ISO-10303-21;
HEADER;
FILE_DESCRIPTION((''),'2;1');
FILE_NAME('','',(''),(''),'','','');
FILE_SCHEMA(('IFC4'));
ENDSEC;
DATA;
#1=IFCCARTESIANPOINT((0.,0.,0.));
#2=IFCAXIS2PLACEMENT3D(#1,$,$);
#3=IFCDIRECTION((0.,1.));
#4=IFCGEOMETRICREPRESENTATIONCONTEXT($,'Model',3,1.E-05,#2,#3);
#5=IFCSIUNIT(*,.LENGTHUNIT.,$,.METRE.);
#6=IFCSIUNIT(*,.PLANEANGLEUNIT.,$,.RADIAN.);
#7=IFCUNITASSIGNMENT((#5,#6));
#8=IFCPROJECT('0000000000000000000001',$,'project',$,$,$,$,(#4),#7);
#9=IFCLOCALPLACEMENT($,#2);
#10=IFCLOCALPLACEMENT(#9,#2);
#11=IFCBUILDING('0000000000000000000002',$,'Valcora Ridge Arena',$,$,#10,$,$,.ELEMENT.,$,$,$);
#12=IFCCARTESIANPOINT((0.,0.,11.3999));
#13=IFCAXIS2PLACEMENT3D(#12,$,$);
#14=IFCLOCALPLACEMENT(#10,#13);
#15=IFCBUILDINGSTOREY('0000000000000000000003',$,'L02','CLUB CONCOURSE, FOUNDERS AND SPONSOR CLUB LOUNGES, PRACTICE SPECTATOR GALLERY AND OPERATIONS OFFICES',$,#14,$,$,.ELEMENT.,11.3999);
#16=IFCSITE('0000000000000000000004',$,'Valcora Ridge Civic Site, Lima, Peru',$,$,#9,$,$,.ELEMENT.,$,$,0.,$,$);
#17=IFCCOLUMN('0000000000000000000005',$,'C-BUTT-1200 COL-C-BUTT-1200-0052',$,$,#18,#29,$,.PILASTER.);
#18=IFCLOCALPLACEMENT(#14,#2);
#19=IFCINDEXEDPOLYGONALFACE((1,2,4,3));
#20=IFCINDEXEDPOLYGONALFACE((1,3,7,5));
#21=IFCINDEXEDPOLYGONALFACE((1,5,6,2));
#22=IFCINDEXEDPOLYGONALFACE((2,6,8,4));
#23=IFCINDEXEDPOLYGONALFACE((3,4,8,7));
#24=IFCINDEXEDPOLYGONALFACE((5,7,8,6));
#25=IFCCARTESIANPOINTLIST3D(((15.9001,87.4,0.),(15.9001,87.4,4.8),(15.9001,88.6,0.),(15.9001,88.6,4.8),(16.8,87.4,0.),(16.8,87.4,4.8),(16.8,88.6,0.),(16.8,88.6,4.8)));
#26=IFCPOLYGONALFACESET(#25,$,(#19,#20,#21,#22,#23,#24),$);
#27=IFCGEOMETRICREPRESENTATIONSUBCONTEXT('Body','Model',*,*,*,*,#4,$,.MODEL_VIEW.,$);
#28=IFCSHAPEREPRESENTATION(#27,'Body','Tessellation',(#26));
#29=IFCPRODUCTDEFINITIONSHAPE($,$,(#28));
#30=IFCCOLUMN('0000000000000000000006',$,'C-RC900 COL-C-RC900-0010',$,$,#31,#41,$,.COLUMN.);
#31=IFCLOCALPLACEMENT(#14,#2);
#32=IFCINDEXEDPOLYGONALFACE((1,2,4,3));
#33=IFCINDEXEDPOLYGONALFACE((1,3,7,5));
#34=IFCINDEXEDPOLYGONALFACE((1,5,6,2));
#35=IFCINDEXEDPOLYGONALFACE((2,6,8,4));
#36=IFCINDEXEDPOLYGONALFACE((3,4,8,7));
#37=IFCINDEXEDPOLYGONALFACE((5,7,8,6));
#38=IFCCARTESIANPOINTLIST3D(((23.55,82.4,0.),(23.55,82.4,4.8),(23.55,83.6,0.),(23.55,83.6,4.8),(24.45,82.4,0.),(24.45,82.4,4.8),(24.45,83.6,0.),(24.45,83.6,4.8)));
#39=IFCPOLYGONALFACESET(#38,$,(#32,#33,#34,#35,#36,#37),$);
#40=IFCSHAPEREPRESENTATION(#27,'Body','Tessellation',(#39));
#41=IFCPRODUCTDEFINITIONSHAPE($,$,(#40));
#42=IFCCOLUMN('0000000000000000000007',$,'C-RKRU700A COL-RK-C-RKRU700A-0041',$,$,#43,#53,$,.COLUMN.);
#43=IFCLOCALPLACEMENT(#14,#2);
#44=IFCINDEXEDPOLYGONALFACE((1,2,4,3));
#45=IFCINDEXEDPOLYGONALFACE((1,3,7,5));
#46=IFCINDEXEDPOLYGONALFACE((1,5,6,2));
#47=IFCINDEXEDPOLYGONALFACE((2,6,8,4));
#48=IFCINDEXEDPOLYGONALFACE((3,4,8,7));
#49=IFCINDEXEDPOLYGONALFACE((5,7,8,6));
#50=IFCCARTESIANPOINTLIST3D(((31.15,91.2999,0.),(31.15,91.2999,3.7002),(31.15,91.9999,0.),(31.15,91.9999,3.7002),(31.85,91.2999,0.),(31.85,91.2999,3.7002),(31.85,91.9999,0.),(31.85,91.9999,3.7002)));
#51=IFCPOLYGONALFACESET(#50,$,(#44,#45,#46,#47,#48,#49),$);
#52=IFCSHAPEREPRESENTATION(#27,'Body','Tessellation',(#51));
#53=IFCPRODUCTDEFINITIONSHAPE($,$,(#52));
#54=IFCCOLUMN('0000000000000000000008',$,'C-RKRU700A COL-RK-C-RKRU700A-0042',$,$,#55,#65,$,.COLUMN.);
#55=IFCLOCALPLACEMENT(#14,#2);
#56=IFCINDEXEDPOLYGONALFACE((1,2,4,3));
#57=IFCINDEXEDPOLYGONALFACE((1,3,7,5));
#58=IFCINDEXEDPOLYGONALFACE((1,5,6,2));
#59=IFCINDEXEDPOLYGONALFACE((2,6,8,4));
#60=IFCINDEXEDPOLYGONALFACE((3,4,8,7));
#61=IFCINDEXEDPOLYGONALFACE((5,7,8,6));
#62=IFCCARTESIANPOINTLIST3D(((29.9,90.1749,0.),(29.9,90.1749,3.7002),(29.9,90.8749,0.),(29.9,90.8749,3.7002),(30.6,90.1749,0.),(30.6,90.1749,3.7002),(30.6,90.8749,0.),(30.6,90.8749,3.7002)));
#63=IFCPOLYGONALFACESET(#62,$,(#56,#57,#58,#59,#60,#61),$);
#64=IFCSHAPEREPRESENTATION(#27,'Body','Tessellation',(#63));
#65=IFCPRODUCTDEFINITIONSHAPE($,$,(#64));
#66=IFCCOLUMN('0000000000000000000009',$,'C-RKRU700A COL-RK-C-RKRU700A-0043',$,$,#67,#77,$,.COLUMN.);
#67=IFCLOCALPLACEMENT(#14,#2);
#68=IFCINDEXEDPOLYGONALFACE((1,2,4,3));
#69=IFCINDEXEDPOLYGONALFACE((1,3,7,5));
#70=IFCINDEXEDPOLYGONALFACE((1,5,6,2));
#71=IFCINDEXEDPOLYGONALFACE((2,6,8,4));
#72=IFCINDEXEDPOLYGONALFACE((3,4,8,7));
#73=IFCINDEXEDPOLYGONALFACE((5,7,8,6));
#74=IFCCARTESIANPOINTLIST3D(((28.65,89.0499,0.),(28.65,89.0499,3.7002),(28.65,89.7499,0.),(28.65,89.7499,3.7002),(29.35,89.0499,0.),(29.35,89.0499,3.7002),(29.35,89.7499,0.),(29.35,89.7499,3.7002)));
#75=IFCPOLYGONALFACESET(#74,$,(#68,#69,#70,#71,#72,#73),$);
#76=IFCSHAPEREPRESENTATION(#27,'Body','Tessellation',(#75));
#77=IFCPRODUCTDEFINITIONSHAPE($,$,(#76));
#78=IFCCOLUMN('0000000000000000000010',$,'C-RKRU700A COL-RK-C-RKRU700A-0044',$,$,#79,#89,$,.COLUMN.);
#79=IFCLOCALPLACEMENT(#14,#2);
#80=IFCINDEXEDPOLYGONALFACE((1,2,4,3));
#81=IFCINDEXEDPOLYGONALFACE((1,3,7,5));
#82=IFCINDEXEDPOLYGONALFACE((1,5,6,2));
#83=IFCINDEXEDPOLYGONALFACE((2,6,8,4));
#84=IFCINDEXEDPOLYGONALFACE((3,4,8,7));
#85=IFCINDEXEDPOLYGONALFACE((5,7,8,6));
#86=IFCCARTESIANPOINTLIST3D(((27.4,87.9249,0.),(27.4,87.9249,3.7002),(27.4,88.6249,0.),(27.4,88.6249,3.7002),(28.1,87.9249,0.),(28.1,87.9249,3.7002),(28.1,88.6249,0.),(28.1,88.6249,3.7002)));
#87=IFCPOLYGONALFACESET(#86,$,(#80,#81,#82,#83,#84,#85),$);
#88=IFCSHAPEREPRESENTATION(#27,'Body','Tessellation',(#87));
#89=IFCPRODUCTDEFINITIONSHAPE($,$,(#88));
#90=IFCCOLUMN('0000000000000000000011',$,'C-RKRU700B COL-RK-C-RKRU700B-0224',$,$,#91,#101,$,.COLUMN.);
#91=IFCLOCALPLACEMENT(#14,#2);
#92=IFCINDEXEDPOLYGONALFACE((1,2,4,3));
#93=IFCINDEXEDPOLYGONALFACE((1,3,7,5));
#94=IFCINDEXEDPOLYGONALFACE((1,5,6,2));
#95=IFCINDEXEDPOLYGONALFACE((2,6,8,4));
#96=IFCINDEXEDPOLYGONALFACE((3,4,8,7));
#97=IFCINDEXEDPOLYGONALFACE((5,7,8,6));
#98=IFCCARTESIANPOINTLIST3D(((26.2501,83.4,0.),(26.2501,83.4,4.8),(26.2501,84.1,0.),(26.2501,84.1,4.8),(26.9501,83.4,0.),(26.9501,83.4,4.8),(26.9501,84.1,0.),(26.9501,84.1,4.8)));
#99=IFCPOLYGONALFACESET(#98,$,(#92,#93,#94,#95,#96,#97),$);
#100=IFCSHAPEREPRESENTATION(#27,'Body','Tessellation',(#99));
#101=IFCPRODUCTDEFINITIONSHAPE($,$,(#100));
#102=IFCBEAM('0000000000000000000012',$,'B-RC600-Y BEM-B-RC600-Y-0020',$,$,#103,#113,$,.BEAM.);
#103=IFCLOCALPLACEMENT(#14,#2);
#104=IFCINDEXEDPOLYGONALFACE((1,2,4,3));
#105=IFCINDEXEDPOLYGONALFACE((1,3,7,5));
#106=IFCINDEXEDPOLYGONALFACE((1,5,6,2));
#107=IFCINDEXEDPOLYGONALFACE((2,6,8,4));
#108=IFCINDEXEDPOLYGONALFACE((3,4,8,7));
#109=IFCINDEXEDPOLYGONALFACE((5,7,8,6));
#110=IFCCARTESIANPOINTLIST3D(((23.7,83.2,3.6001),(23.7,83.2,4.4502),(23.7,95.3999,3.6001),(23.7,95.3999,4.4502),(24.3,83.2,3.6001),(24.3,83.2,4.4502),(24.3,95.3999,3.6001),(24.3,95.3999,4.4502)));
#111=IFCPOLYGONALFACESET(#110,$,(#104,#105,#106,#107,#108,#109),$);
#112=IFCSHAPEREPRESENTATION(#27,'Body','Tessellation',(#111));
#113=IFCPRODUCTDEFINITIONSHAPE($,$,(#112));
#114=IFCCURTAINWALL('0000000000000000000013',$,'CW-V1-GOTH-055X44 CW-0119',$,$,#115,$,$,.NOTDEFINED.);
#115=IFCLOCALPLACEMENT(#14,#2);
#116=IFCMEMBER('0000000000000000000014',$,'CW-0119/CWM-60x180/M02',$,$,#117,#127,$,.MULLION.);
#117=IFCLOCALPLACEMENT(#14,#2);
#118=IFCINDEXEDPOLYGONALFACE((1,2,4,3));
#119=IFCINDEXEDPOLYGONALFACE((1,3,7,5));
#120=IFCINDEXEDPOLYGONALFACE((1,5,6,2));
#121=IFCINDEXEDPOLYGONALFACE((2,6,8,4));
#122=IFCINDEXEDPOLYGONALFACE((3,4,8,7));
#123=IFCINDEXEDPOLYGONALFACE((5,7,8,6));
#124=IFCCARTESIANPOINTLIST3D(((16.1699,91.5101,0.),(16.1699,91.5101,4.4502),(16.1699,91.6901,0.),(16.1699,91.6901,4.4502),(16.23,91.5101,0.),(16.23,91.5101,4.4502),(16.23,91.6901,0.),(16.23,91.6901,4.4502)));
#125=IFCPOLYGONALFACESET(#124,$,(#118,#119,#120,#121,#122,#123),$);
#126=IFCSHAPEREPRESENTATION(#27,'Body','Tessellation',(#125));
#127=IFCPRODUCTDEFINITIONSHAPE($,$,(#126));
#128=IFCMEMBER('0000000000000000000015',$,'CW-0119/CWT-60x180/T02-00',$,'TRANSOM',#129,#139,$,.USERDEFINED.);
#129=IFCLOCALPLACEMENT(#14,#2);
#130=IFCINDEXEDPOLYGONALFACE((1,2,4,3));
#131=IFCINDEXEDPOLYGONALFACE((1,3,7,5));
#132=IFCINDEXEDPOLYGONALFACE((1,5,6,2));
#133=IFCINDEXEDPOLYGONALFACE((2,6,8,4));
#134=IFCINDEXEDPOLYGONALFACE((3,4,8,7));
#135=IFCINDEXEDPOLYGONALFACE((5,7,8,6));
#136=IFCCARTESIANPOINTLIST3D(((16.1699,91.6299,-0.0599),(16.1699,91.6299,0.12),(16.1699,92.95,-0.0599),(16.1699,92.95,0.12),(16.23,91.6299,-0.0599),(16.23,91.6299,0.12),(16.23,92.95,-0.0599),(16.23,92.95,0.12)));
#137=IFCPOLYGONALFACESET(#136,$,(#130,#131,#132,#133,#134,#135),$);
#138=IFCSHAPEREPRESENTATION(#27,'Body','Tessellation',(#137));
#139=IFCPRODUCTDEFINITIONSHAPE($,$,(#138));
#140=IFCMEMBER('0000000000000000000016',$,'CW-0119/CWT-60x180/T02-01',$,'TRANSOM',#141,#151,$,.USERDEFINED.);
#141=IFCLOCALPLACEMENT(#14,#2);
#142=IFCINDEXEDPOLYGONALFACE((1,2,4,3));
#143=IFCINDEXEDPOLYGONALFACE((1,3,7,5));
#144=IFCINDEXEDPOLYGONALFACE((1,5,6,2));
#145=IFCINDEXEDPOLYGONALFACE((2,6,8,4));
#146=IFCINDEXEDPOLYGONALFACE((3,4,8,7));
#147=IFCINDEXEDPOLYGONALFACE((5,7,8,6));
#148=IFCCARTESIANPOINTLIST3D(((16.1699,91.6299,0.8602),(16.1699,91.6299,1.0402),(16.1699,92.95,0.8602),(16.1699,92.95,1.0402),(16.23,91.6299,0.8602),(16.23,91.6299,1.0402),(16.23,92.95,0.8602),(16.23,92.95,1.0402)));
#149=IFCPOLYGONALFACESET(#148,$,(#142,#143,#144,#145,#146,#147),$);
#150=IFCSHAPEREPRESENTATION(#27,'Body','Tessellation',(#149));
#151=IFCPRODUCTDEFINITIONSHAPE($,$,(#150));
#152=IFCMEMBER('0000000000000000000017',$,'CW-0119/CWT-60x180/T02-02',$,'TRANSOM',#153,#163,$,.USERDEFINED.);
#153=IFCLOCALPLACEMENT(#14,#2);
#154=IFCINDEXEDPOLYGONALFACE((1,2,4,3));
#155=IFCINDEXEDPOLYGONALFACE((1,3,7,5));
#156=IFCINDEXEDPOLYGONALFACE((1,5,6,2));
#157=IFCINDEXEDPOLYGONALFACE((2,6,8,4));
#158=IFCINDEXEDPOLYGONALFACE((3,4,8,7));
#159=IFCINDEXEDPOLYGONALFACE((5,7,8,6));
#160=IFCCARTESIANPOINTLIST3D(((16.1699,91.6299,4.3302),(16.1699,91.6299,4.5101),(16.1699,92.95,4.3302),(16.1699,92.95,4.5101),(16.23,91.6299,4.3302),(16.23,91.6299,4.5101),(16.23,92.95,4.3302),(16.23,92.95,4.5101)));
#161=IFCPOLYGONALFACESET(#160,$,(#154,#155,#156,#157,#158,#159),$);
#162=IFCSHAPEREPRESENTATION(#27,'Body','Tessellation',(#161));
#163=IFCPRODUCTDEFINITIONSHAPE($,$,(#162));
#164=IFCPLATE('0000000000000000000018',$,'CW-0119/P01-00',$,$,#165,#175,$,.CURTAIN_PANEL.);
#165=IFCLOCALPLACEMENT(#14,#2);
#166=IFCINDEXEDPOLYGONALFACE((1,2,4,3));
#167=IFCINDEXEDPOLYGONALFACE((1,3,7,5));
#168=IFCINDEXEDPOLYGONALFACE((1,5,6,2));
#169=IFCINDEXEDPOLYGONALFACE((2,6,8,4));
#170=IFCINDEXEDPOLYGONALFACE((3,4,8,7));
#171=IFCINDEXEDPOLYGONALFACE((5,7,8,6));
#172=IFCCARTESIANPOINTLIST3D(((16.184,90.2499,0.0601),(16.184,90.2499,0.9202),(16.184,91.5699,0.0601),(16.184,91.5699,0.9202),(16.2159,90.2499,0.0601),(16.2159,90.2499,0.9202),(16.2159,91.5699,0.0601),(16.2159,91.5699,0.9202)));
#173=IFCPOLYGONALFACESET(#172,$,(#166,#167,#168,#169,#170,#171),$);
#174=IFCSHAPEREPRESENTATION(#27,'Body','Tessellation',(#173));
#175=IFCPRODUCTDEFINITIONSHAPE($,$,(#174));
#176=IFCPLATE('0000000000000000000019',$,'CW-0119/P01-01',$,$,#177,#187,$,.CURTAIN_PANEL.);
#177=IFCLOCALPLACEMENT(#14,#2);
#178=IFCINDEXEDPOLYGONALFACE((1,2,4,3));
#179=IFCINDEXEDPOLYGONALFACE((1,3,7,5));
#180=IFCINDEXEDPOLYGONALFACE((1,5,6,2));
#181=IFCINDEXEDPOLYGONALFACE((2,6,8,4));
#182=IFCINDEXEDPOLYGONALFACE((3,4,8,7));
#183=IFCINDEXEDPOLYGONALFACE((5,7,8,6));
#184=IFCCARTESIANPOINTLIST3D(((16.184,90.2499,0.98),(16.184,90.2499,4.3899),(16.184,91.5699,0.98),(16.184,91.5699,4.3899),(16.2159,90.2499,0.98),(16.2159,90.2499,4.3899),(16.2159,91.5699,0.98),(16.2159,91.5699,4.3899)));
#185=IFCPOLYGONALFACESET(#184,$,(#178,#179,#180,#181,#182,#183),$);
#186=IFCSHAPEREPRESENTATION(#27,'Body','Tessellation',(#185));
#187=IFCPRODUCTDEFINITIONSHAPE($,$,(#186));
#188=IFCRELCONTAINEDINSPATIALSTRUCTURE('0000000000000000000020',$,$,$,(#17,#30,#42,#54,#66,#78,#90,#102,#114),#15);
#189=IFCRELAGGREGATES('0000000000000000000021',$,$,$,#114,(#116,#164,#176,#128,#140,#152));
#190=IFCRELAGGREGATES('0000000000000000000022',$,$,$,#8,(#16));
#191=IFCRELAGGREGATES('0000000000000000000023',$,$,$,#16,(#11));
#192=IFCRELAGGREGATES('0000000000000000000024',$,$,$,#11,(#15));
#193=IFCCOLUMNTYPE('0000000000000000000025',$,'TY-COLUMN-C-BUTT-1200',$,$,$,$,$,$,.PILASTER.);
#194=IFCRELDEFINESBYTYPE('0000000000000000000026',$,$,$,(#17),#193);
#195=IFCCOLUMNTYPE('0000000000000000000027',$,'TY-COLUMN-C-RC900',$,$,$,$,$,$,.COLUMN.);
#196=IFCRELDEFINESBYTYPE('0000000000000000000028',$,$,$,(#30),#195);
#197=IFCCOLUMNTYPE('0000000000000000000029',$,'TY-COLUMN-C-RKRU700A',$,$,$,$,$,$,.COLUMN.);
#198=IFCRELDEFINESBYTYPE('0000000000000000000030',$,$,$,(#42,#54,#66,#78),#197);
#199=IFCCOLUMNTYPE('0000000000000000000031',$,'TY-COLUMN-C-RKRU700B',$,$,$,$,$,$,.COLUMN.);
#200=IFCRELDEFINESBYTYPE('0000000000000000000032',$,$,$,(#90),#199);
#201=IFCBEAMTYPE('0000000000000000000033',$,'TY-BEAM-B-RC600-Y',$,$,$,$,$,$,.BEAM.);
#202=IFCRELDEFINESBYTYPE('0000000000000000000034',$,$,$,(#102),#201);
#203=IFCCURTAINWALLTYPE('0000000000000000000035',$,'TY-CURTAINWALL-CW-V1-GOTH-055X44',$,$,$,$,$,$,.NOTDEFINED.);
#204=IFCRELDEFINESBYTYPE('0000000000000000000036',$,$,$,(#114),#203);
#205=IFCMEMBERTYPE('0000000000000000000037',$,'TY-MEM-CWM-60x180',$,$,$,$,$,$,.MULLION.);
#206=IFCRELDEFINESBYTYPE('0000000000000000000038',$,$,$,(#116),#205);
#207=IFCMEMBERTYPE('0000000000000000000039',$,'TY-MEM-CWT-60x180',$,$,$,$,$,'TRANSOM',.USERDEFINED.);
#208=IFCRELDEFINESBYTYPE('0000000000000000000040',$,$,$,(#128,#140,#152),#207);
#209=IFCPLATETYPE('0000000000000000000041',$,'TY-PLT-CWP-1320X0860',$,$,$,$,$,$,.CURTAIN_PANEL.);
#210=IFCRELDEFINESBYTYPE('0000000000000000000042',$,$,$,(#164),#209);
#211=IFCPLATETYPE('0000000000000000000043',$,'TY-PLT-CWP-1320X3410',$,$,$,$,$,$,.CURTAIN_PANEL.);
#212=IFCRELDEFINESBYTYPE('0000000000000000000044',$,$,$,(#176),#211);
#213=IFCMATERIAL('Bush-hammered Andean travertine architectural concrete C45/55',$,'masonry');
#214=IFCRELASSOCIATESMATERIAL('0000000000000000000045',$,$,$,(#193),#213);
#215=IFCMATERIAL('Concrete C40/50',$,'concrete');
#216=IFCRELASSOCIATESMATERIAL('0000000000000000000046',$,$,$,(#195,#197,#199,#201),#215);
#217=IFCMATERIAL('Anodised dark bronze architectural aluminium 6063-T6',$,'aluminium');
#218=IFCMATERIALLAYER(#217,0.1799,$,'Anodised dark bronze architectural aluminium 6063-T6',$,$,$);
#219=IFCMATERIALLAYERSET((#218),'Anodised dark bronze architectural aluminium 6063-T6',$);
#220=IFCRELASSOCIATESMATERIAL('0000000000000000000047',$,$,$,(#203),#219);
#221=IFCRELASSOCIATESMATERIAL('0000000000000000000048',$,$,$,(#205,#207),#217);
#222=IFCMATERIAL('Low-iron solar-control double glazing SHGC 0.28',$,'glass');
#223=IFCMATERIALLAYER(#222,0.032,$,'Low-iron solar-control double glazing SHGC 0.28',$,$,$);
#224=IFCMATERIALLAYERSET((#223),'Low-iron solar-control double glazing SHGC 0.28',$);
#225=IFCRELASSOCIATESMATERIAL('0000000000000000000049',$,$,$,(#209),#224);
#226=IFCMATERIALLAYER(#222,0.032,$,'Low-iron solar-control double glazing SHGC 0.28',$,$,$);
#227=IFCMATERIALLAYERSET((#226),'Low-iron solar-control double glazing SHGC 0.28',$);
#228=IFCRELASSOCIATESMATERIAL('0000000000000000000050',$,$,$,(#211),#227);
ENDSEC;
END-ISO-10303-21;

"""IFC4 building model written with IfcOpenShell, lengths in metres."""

from ifc_helpers import new_model, si_unit, direction, frame, origin, origin_2d, place, context, subcontext, project, spatial, rectangle, extrude, material, layer, layer_set, material_profile, profile_set, type_object, element, aggregate, save


model = new_model("IFC4")

# Units and contexts
model_context = context("Model", 3, precision=1e-05, world=origin(), true_north=direction((0.0, 1.0)))
body_context = subcontext(model_context, "Body", "Model", "MODEL_VIEW")
ifc_project = project(units=[si_unit("LENGTHUNIT", "METRE"), si_unit("PLANEANGLEUNIT", "RADIAN")], contexts=[model_context])

# Site, building, storey
site_placement = place(None, origin())
site = spatial("IfcSite", under=ifc_project, at=site_placement, Name="Valcora Ridge Civic Site, Lima, Peru", CompositionType="ELEMENT", RefElevation=0.0)
building_placement = place(site_placement, origin())
building = spatial("IfcBuilding", under=site, at=building_placement, Name="Valcora Ridge Arena", CompositionType="ELEMENT")
storey_placement = place(building_placement, frame((0.0, 0.0, 11.3999)))
storey = spatial("IfcBuildingStorey", under=building, at=storey_placement, Name="L02", Description="CLUB CONCOURSE, FOUNDERS AND SPONSOR CLUB LOUNGES, PRACTICE SPECTATOR GALLERY AND OPERATIONS OFFICES", CompositionType="ELEMENT", Elevation=11.3999)

# Columns
ifc_material_1 = material(Name="Bush-hammered Andean travertine architectural concrete C45/55", Category="masonry")
ifc_material_profile_1 = material_profile(ifc_material_1, rectangle(XDim=0.8999, YDim=1.2, at=origin_2d()), Name="RC 900x1200")
ifc_profile_set_1 = profile_set([ifc_material_profile_1], Name="Bush-hammered Andean travertine architectural concrete C45/55")
column_type_1 = type_object("IfcColumnType", Name="TY-COLUMN-C-BUTT-1200", PredefinedType="PILASTER", material=ifc_profile_set_1)
column_1_placement = place(storey_placement, frame((16.3501, 88.0, 0.0), z_axis=(0.0, 0.0, 1.0), x_axis=(1.0, 0.0, 0.0)))
element("IfcColumn", 1, at=column_1_placement, inside=storey, type_object=column_type_1, Name="C-BUTT-1200 COL-C-BUTT-1200-0052", PredefinedType="PILASTER", context=body_context, shape_type="SweptSolid", body=[
    extrude(rectangle(XDim=0.8999, YDim=1.2, at=origin_2d()), origin(), (0.0, 0.0, 1.0), 4.8),
])
ifc_material_2 = material(Name="Concrete C40/50", Category="concrete")
ifc_material_profile_2 = material_profile(ifc_material_2, rectangle(XDim=0.8999, YDim=1.2, at=origin_2d()), Name="RC 900x1200")
ifc_profile_set_2 = profile_set([ifc_material_profile_2], Name="Concrete C40/50")
column_type_2 = type_object("IfcColumnType", Name="TY-COLUMN-C-RC900", PredefinedType="COLUMN", material=ifc_profile_set_2)
column_2_placement = place(storey_placement, frame((24.0, 83.0, 0.0), z_axis=(0.0, 0.0, 1.0), x_axis=(1.0, 0.0, 0.0)))
element("IfcColumn", 2, at=column_2_placement, inside=storey, type_object=column_type_2, Name="C-RC900 COL-C-RC900-0010", PredefinedType="COLUMN", context=body_context, shape_type="SweptSolid", body=[
    extrude(rectangle(XDim=0.8999, YDim=1.2, at=origin_2d()), origin(), (0.0, 0.0, 1.0), 4.8),
])
ifc_material_profile_3 = material_profile(ifc_material_2, rectangle(XDim=0.7, YDim=0.7, at=origin_2d()), Name="RC 700x700")
ifc_profile_set_3 = profile_set([ifc_material_profile_3], Name="Concrete C40/50")
column_type_3 = type_object("IfcColumnType", Name="TY-COLUMN-C-RKRU700A", PredefinedType="COLUMN", material=ifc_profile_set_3)
for number, where, z_axis, x_axis, name in (
    (3, (31.5, 91.6499, 0.0), (0.0, 0.0, 1.0), (1.0, 0.0, 0.0), "C-RKRU700A COL-RK-C-RKRU700A-0041"),
    (4, (30.25, 90.5249, 0.0), (0.0, 0.0, 1.0), (1.0, 0.0, 0.0), "C-RKRU700A COL-RK-C-RKRU700A-0042"),
    (5, (29.0, 89.3999, 0.0), (0.0, 0.0, 1.0), (1.0, 0.0, 0.0), "C-RKRU700A COL-RK-C-RKRU700A-0043"),
    (6, (27.75, 88.2749, 0.0), (0.0, 0.0, 1.0), (1.0, 0.0, 0.0), "C-RKRU700A COL-RK-C-RKRU700A-0044"),
):
    element("IfcColumn", number, at=place(storey_placement, frame(where, z_axis=z_axis, x_axis=x_axis)), inside=storey, type_object=column_type_3, Name=name, PredefinedType="COLUMN", context=body_context, shape_type="SweptSolid", body=[
        extrude(rectangle(XDim=0.7, YDim=0.7, at=origin_2d()), origin(), (0.0, 0.0, 1.0), 3.7002),
    ])
ifc_material_profile_4 = material_profile(ifc_material_2, rectangle(XDim=0.7, YDim=0.7, at=origin_2d()), Name="RC 700x700")
ifc_profile_set_4 = profile_set([ifc_material_profile_4], Name="Concrete C40/50")
column_type_4 = type_object("IfcColumnType", Name="TY-COLUMN-C-RKRU700B", PredefinedType="COLUMN", material=ifc_profile_set_4)
column_3_placement = place(storey_placement, frame((26.6001, 83.75, 0.0), z_axis=(0.0, 0.0, 1.0), x_axis=(1.0, 0.0, 0.0)))
element("IfcColumn", 7, at=column_3_placement, inside=storey, type_object=column_type_4, Name="C-RKRU700B COL-RK-C-RKRU700B-0224", PredefinedType="COLUMN", context=body_context, shape_type="SweptSolid", body=[
    extrude(rectangle(XDim=0.7, YDim=0.7, at=origin_2d()), origin(), (0.0, 0.0, 1.0), 4.8),
])

# Beam
ifc_material_profile_5 = material_profile(ifc_material_2, rectangle(XDim=0.6001, YDim=0.8501, at=origin_2d()), Name="RC 600x850")
ifc_profile_set_5 = profile_set([ifc_material_profile_5], Name="Concrete C40/50")
beam_type = type_object("IfcBeamType", Name="TY-BEAM-B-RC600-Y", PredefinedType="BEAM", material=ifc_profile_set_5)
beam_placement = place(storey_placement, frame((24.0, 83.2, 4.0251), z_axis=(0.0, 1.0, 0.0), x_axis=(-1.0, 0.0, 0.0)))
element("IfcBeam", 8, at=beam_placement, inside=storey, type_object=beam_type, Name="B-RC600-Y BEM-B-RC600-Y-0020", PredefinedType="BEAM", context=body_context, shape_type="SweptSolid", body=[
    extrude(rectangle(XDim=0.6001, YDim=0.8501, at=origin_2d()), origin(), (0.0, 0.0, 1.0), 12.2),
])

# Curtain wall, members, plates
ifc_material_3 = material(Name="Anodised dark bronze architectural aluminium 6063-T6", Category="aluminium")
ifc_layer_1 = layer(ifc_material_3, 0.1799, Name="Anodised dark bronze architectural aluminium 6063-T6")
ifc_layer_set_1 = layer_set([ifc_layer_1], Name="Anodised dark bronze architectural aluminium 6063-T6")
curtain_wall_type = type_object("IfcCurtainWallType", Name="TY-CURTAINWALL-CW-V1-GOTH-055X44", PredefinedType="NOTDEFINED", material=ifc_layer_set_1)
curtain_wall_placement = place(storey_placement, origin())
curtain_wall = element("IfcCurtainWall", 9, at=curtain_wall_placement, inside=storey, type_object=curtain_wall_type, Name="CW-V1-GOTH-055X44 CW-0119", PredefinedType="NOTDEFINED")
ifc_material_profile_6 = material_profile(ifc_material_3, rectangle(XDim=0.0601, YDim=0.1799, at=origin_2d()), Name="ALU MULLION 60x180")
ifc_profile_set_6 = profile_set([ifc_material_profile_6], Name="Anodised dark bronze architectural aluminium 6063-T6")
member_type_1 = type_object("IfcMemberType", Name="TY-MEM-CWM-60x180", PredefinedType="MULLION", material=ifc_profile_set_6)
member_1_placement = place(storey_placement, frame((16.2, 91.6001, 0.0), z_axis=(0.0, 0.0, 1.0), x_axis=(-1.0, 0.0, 0.0)))
member_1 = element("IfcMember", 10, at=member_1_placement, type_object=member_type_1, Name="CW-0119/CWM-60x180/M02", PredefinedType="MULLION", context=body_context, shape_type="SweptSolid", body=[
    extrude(rectangle(XDim=0.0601, YDim=0.1799, at=origin_2d()), origin(), (0.0, 0.0, 1.0), 4.4502),
])
ifc_material_profile_7 = material_profile(ifc_material_3, rectangle(XDim=0.0601, YDim=0.1799, at=origin_2d()), Name="ALU TRANSOM 60x180")
ifc_profile_set_7 = profile_set([ifc_material_profile_7], Name="Anodised dark bronze architectural aluminium 6063-T6")
member_type_2 = type_object("IfcMemberType", Name="TY-MEM-CWT-60x180", ElementType="TRANSOM", PredefinedType="USERDEFINED", material=ifc_profile_set_7)
member_2_placement = place(storey_placement, frame((16.2, 91.6299, 0.03), z_axis=(0.0, 1.0, 0.0), x_axis=(-1.0, 0.0, 0.0)))
member_2 = element("IfcMember", 11, at=member_2_placement, type_object=member_type_2, Name="CW-0119/CWT-60x180/T02-00", ObjectType="TRANSOM", PredefinedType="USERDEFINED", context=body_context, shape_type="SweptSolid", body=[
    extrude(rectangle(XDim=0.0601, YDim=0.1799, at=origin_2d()), origin(), (0.0, 0.0, 1.0), 1.3201),
])
member_3_placement = place(storey_placement, frame((16.2, 91.6299, 0.9502), z_axis=(0.0, 1.0, 0.0), x_axis=(-1.0, 0.0, 0.0)))
member_3 = element("IfcMember", 12, at=member_3_placement, type_object=member_type_2, Name="CW-0119/CWT-60x180/T02-01", ObjectType="TRANSOM", PredefinedType="USERDEFINED", context=body_context, shape_type="SweptSolid", body=[
    extrude(rectangle(XDim=0.0601, YDim=0.1799, at=origin_2d()), origin(), (0.0, 0.0, 1.0), 1.3201),
])
member_4_placement = place(storey_placement, frame((16.2, 91.6299, 4.4202), z_axis=(0.0, 1.0, 0.0), x_axis=(-1.0, 0.0, 0.0)))
member_4 = element("IfcMember", 13, at=member_4_placement, type_object=member_type_2, Name="CW-0119/CWT-60x180/T02-02", ObjectType="TRANSOM", PredefinedType="USERDEFINED", context=body_context, shape_type="SweptSolid", body=[
    extrude(rectangle(XDim=0.0601, YDim=0.1799, at=origin_2d()), origin(), (0.0, 0.0, 1.0), 1.3201),
])
ifc_material_4 = material(Name="Low-iron solar-control double glazing SHGC 0.28", Category="glass")
ifc_layer_2 = layer(ifc_material_4, 0.032, Name="Low-iron solar-control double glazing SHGC 0.28")
ifc_layer_set_2 = layer_set([ifc_layer_2], Name="Low-iron solar-control double glazing SHGC 0.28")
plate_type_1 = type_object("IfcPlateType", Name="TY-PLT-CWP-1320X0860", PredefinedType="CURTAIN_PANEL", material=ifc_layer_set_2)
plate_1_placement = place(storey_placement, frame((16.2, 90.9099, 0.0601), z_axis=(0.0, 0.0, 1.0), x_axis=(0.0, 1.0, 0.0)))
plate_1 = element("IfcPlate", 14, at=plate_1_placement, type_object=plate_type_1, Name="CW-0119/P01-00", PredefinedType="CURTAIN_PANEL", context=body_context, shape_type="SweptSolid", body=[
    extrude(rectangle(XDim=1.3201, YDim=0.032, at=origin_2d()), origin(), (0.0, 0.0, 1.0), 0.8601),
])
ifc_layer_3 = layer(ifc_material_4, 0.032, Name="Low-iron solar-control double glazing SHGC 0.28")
ifc_layer_set_3 = layer_set([ifc_layer_3], Name="Low-iron solar-control double glazing SHGC 0.28")
plate_type_2 = type_object("IfcPlateType", Name="TY-PLT-CWP-1320X3410", PredefinedType="CURTAIN_PANEL", material=ifc_layer_set_3)
plate_2_placement = place(storey_placement, frame((16.2, 90.9099, 0.98), z_axis=(0.0, 0.0, 1.0), x_axis=(0.0, 1.0, 0.0)))
plate_2 = element("IfcPlate", 15, at=plate_2_placement, type_object=plate_type_2, Name="CW-0119/P01-01", PredefinedType="CURTAIN_PANEL", context=body_context, shape_type="SweptSolid", body=[
    extrude(rectangle(XDim=1.3201, YDim=0.032, at=origin_2d()), origin(), (0.0, 0.0, 1.0), 3.4099),
])
aggregate(curtain_wall, [member_1, plate_1, plate_2, member_2, member_3, member_4])

save(model, "model.ifc")
